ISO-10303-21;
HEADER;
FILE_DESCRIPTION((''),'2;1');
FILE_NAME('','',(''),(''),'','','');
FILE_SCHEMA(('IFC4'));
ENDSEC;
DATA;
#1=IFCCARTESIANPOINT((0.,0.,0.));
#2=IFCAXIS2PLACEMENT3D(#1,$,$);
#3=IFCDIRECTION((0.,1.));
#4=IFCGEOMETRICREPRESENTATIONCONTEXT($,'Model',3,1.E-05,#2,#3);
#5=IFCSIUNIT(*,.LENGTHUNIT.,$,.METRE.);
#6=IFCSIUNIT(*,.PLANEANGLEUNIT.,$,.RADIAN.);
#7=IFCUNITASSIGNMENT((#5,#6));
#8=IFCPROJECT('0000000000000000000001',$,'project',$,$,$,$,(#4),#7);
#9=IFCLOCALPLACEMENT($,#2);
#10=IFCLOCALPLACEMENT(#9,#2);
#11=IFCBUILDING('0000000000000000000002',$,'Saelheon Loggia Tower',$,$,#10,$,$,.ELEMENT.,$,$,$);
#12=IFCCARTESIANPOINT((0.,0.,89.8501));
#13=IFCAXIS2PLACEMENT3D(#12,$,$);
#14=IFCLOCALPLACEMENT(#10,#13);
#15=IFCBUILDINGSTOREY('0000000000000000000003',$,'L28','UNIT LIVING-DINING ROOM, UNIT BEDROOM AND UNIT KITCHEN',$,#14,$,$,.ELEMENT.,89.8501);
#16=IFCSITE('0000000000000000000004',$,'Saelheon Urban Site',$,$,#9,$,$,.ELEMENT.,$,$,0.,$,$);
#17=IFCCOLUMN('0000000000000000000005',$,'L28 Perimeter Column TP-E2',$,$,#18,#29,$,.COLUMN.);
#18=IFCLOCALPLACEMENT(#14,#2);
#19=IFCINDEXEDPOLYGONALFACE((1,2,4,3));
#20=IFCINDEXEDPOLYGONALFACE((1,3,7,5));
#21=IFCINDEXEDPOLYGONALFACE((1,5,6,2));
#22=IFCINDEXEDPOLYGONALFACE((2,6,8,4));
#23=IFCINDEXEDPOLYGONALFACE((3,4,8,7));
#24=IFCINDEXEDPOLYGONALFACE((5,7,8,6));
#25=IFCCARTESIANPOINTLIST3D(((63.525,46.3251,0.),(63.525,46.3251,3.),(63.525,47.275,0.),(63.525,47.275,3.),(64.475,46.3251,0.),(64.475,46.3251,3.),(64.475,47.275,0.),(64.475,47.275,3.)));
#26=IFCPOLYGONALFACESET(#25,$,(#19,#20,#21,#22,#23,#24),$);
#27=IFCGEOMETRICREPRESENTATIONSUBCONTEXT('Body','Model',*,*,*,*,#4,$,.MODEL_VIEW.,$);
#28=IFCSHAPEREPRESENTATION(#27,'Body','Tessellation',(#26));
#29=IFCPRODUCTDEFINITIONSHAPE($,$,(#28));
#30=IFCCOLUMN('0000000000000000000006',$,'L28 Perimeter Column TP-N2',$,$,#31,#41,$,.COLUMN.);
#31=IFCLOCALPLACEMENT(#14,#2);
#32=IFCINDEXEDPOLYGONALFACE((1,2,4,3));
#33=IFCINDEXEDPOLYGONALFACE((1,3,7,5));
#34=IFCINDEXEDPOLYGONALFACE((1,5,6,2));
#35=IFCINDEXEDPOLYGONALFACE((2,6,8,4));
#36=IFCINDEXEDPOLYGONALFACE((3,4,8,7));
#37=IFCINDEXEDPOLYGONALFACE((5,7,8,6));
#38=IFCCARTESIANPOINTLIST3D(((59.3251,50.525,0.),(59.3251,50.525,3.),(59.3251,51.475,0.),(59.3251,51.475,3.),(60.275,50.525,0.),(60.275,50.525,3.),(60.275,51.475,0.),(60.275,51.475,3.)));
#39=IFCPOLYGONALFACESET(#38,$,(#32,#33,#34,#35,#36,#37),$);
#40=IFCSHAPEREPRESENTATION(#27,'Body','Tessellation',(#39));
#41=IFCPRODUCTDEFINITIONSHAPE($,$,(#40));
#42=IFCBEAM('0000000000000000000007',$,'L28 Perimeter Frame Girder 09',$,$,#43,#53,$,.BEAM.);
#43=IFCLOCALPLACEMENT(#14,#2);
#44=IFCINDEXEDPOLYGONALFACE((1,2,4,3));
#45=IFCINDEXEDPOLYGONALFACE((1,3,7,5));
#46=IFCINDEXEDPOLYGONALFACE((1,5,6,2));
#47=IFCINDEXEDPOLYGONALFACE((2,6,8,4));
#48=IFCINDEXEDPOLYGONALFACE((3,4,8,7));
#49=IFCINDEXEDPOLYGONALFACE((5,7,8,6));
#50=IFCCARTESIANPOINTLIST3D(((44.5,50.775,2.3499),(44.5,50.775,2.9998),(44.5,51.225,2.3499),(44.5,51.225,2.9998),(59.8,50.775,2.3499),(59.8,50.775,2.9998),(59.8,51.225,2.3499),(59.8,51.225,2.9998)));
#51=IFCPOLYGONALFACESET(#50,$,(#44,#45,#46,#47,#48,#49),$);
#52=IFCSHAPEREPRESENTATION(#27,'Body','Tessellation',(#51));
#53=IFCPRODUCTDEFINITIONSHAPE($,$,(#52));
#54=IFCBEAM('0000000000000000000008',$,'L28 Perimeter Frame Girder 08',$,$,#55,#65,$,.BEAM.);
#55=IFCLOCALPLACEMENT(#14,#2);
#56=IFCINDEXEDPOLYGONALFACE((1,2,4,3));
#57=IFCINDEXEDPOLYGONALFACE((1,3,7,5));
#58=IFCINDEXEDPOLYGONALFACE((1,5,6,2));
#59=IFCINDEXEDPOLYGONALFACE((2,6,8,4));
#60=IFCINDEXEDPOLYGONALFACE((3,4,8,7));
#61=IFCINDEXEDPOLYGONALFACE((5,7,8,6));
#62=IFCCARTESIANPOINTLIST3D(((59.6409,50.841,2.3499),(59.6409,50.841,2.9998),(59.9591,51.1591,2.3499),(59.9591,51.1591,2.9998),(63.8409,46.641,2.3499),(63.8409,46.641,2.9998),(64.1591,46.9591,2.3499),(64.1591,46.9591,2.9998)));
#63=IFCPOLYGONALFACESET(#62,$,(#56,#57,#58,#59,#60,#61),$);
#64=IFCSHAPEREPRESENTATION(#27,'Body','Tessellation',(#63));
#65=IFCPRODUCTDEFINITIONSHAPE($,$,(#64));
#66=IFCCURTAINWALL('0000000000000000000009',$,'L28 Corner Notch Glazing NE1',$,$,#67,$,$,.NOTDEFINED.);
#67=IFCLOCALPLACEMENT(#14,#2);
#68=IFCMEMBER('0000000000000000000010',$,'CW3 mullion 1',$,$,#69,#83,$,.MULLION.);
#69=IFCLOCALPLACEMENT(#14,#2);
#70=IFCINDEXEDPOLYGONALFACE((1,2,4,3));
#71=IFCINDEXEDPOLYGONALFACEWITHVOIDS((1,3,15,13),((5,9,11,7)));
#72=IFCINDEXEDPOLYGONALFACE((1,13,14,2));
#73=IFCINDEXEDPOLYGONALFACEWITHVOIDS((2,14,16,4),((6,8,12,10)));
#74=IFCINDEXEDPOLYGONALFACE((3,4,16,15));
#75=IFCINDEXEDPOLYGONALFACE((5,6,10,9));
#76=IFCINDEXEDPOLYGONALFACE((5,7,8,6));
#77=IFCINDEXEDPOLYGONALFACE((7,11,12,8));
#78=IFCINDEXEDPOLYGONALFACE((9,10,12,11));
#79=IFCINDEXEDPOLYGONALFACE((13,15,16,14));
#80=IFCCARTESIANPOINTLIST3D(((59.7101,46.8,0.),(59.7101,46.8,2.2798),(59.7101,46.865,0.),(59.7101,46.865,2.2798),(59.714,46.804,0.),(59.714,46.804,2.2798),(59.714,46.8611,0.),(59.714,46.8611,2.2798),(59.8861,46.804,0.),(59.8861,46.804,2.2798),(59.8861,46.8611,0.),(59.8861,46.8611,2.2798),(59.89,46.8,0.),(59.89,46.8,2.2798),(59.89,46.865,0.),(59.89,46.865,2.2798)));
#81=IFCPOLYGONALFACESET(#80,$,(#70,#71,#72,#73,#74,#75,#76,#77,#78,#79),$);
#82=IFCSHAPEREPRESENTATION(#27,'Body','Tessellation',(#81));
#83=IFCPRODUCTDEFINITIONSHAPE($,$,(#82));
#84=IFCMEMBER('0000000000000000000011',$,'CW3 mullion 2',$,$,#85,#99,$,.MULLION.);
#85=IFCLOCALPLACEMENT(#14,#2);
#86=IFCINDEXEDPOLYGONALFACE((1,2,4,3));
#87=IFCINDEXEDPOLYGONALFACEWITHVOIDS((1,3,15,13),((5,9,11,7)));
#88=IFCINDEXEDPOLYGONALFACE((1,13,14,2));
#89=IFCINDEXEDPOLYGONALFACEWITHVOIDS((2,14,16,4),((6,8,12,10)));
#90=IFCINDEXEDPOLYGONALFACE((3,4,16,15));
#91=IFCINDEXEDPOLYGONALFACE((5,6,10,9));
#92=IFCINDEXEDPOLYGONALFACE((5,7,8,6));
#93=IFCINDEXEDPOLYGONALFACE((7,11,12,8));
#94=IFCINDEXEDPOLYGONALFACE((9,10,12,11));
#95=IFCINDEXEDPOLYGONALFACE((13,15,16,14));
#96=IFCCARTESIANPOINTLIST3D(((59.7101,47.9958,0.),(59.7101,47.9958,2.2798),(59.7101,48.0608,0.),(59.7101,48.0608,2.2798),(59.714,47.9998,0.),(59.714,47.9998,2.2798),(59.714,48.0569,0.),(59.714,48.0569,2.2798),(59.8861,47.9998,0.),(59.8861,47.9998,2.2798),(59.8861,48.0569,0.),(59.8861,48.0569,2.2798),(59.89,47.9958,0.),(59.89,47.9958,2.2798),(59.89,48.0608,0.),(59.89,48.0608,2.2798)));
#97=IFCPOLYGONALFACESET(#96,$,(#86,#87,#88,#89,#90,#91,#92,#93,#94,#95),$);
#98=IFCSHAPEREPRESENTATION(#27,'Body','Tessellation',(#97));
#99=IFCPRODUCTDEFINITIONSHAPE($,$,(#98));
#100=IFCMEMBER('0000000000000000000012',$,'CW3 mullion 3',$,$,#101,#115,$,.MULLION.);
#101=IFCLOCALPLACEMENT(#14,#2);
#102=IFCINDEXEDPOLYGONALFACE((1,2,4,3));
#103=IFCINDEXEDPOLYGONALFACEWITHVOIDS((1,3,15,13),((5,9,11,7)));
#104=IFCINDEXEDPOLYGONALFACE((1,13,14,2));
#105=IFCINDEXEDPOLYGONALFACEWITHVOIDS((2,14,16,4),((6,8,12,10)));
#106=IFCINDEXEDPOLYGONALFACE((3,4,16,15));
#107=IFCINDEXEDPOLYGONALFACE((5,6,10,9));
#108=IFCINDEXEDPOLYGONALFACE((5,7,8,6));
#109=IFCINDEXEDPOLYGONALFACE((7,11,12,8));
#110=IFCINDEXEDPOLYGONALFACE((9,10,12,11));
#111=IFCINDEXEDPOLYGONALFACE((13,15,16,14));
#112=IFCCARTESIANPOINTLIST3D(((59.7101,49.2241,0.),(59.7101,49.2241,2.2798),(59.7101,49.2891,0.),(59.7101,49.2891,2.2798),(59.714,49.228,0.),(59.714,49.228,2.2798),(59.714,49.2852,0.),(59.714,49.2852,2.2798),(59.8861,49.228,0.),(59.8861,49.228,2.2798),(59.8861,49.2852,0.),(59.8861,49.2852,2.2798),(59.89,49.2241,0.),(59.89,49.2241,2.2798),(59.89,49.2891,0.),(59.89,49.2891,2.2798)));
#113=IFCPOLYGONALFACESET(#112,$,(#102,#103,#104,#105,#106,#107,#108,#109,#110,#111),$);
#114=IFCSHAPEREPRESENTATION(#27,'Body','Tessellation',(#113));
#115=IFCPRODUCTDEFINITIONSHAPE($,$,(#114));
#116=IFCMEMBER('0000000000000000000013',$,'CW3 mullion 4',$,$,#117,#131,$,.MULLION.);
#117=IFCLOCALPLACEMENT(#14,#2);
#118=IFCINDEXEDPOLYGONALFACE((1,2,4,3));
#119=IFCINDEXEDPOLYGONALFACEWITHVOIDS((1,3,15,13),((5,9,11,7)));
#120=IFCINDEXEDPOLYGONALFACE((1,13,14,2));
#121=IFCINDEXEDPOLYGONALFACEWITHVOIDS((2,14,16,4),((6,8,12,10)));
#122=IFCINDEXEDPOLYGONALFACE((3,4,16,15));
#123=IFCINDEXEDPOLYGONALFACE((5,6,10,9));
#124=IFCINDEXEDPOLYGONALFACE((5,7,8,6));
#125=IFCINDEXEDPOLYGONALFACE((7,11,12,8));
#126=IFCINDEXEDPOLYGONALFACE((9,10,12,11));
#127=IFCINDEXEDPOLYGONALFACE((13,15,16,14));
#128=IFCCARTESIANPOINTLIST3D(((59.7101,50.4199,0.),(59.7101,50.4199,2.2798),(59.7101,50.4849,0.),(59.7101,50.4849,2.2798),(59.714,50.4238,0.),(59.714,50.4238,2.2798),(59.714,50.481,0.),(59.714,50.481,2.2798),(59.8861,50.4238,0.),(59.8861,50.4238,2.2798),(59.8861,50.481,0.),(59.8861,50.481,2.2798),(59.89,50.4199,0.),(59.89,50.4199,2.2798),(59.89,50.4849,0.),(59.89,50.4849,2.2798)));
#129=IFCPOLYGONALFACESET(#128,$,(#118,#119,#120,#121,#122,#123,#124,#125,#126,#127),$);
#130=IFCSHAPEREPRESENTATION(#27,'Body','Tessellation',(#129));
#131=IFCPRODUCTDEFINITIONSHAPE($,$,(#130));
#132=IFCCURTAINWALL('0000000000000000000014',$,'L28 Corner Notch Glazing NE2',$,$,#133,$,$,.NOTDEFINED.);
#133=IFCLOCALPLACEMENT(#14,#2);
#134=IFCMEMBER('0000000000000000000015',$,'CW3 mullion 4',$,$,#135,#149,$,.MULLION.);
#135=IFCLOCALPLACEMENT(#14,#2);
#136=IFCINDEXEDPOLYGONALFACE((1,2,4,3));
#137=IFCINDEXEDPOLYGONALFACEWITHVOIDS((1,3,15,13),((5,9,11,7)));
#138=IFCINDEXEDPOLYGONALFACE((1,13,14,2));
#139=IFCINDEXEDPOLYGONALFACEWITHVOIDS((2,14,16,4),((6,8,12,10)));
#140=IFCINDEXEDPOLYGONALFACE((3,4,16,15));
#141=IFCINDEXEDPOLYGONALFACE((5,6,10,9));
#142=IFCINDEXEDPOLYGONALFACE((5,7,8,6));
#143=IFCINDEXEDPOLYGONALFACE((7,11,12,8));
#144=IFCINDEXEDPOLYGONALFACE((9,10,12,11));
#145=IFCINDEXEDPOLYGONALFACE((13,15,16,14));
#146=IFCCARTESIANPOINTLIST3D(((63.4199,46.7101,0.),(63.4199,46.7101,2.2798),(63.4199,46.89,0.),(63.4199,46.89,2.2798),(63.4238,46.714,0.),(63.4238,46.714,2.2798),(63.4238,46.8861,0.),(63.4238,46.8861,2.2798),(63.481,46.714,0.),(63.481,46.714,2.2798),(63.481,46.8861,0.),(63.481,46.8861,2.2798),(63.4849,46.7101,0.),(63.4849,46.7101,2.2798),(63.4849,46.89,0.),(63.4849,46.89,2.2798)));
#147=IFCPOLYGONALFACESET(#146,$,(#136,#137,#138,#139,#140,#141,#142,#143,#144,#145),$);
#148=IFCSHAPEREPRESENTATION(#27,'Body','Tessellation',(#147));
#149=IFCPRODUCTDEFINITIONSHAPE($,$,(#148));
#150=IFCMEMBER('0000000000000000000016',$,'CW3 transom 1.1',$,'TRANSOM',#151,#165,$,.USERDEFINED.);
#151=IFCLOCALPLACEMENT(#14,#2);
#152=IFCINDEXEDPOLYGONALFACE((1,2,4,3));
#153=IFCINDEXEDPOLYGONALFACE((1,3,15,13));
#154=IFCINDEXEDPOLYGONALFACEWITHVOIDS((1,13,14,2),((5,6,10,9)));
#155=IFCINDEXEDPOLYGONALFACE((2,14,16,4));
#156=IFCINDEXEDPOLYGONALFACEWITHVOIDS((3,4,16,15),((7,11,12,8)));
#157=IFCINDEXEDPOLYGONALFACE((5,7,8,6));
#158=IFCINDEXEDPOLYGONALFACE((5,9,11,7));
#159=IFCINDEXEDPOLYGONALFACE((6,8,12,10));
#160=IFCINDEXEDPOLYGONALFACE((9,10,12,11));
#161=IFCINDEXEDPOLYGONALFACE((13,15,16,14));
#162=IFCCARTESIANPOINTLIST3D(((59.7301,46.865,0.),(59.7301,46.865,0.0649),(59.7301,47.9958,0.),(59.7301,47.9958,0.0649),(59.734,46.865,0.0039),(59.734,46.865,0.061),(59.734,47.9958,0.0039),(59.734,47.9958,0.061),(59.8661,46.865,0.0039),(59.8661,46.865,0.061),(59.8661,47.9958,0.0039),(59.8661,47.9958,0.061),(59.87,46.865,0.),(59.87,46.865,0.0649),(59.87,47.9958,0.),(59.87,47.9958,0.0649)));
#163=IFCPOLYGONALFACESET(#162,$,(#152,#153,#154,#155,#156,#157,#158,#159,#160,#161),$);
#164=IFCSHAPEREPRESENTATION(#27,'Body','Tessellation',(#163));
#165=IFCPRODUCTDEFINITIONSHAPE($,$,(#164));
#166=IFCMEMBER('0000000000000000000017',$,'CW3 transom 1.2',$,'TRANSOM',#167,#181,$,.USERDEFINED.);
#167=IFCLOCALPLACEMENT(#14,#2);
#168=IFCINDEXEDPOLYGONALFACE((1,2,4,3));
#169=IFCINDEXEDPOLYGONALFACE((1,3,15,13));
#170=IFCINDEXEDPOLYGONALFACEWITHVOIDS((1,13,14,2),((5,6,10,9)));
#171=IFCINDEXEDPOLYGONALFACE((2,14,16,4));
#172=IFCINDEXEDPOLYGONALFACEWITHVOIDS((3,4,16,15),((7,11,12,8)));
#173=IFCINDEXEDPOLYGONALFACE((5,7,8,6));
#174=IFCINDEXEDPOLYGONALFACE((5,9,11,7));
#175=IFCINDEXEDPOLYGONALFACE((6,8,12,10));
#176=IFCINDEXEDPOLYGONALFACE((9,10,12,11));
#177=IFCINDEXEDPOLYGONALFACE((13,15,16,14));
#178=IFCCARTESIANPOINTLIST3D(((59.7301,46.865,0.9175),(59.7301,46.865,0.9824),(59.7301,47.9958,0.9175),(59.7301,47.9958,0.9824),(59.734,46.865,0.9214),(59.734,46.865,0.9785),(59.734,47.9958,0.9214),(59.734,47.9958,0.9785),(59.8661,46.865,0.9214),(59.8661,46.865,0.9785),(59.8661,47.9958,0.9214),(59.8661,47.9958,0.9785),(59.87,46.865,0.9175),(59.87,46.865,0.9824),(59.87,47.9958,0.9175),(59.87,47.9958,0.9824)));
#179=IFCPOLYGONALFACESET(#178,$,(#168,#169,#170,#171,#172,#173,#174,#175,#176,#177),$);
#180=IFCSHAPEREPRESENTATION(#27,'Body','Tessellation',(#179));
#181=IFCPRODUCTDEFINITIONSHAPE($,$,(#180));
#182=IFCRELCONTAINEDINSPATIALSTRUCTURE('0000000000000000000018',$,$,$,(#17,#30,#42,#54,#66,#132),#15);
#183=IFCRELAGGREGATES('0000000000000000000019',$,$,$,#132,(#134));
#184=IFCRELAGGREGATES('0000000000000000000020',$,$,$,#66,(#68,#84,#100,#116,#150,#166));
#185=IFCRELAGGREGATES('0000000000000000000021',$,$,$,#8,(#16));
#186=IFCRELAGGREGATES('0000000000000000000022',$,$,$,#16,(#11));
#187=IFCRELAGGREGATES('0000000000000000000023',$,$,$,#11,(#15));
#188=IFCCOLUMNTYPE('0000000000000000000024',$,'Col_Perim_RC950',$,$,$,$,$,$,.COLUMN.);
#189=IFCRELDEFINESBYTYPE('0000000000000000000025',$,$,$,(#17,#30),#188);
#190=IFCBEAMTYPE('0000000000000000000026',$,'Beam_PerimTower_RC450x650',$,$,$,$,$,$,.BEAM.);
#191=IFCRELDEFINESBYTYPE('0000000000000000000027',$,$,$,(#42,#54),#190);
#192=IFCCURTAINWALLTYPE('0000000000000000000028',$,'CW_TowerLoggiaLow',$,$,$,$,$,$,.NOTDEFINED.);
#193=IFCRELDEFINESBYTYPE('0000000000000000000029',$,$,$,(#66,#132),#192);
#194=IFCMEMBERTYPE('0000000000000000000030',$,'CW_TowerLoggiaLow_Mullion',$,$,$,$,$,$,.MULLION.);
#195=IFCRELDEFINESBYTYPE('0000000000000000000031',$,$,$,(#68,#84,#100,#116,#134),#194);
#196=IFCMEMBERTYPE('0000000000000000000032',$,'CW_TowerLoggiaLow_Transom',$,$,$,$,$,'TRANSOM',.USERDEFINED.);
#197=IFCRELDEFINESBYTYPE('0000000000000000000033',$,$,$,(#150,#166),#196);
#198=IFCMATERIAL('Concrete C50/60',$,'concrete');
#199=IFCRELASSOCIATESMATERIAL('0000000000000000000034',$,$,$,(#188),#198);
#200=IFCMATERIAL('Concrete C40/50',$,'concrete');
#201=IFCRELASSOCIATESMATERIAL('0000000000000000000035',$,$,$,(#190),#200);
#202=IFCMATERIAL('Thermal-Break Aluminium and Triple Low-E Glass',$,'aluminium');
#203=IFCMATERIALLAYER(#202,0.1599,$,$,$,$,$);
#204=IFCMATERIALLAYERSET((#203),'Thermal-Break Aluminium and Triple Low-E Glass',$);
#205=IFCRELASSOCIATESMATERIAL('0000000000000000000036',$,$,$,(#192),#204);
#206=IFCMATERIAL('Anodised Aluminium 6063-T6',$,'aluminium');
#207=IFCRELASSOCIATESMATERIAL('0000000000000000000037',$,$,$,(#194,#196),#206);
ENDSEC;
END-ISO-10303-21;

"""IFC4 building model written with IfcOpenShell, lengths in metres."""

from ifc_helpers import new_model, si_unit, direction, frame, origin, origin_2d, place, context, subcontext, project, spatial, rectangle, hollow_rectangle, extrude, source, transform, mapped, material, layer, layer_set, material_profile, profile_set, type_object, element, aggregate, save


model = new_model("IFC4")

# Units and contexts
model_context = context("Model", 3, precision=1e-05, world=origin(), true_north=direction((0.0, 1.0)))
body_context = subcontext(model_context, "Body", "Model", "MODEL_VIEW")
ifc_project = project(units=[si_unit("LENGTHUNIT", "METRE"), si_unit("PLANEANGLEUNIT", "RADIAN")], contexts=[model_context])

# Site, building, storey
site_placement = place(None, origin())
site = spatial("IfcSite", under=ifc_project, at=site_placement, Name="Saelheon Urban Site", CompositionType="ELEMENT", RefElevation=0.0)
building_placement = place(site_placement, origin())
building = spatial("IfcBuilding", under=site, at=building_placement, Name="Saelheon Loggia Tower", CompositionType="ELEMENT")
storey_placement = place(building_placement, frame((0.0, 0.0, 89.8501)))
storey = spatial("IfcBuildingStorey", under=building, at=storey_placement, Name="L28", Description="UNIT LIVING-DINING ROOM, UNIT BEDROOM AND UNIT KITCHEN", CompositionType="ELEMENT", Elevation=89.8501)

# Columns
ifc_material_1 = material(Name="Concrete C50/60", Category="concrete")
ifc_material_profile_1 = material_profile(ifc_material_1, rectangle(XDim=0.95, YDim=0.95, at=origin_2d()), Name="RC-950x950")
ifc_profile_set_1 = profile_set([ifc_material_profile_1], Name="Concrete C50/60")
column_type = type_object("IfcColumnType", Name="Col_Perim_RC950", PredefinedType="COLUMN", material=ifc_profile_set_1)
shared_shape_1 = source(origin(), body_context, "Body", "SweptSolid", [
    extrude(rectangle(XDim=0.95, YDim=0.95, at=origin_2d()), origin(), (0.0, 0.0, 1.0), 3.0),
])
for number, where, z_axis, x_axis, name in (
    (1, (64.0, 46.8, 0.0), (0.0, 0.0, 1.0), (1.0, 0.0, 0.0), "L28 Perimeter Column TP-E2"),
    (2, (59.8, 51.0, 0.0), (0.0, 0.0, 1.0), (1.0, 0.0, 0.0), "L28 Perimeter Column TP-N2"),
):
    element("IfcColumn", number, at=place(storey_placement, frame(where, z_axis=z_axis, x_axis=x_axis)), inside=storey, type_object=column_type, Name=name, PredefinedType="COLUMN", context=body_context, shape_type="MappedRepresentation", body=[
        mapped(shared_shape_1, transform((0.0, 0.0, 0.0), scale=1.0)),
    ])

# Beams
ifc_material_2 = material(Name="Concrete C40/50", Category="concrete")
ifc_material_profile_2 = material_profile(ifc_material_2, rectangle(XDim=0.45, YDim=0.6499, at=origin_2d()), Name="RC-450x650")
ifc_profile_set_2 = profile_set([ifc_material_profile_2], Name="Concrete C40/50")
beam_type = type_object("IfcBeamType", Name="Beam_PerimTower_RC450x650", PredefinedType="BEAM", material=ifc_profile_set_2)
shared_shape_2 = source(origin(), body_context, "Body", "SweptSolid", [
    extrude(rectangle(XDim=0.45, YDim=0.6499, at=origin_2d()), origin(), (0.0, 0.0, 1.0), 15.3),
])
beam_1_placement = place(storey_placement, frame((59.8, 51.0, 2.6748), z_axis=(-1.0, 0.0, 0.0), x_axis=(0.0, -1.0, 0.0)))
element("IfcBeam", 3, at=beam_1_placement, inside=storey, type_object=beam_type, Name="L28 Perimeter Frame Girder 09", PredefinedType="BEAM", context=body_context, shape_type="MappedRepresentation", body=[
    mapped(shared_shape_2, transform((0.0, 0.0, 0.0), scale=1.0)),
])
shared_shape_3 = source(origin(), body_context, "Body", "SweptSolid", [
    extrude(rectangle(XDim=0.45, YDim=0.6499, at=origin_2d()), origin(), (0.0, 0.0, 1.0), 5.9397),
])
beam_2_placement = place(storey_placement, frame((64.0, 46.8, 2.6748), z_axis=(-0.707107, 0.707107, 0.0), x_axis=(-0.707107, -0.707107, 0.0)))
element("IfcBeam", 4, at=beam_2_placement, inside=storey, type_object=beam_type, Name="L28 Perimeter Frame Girder 08", PredefinedType="BEAM", context=body_context, shape_type="MappedRepresentation", body=[
    mapped(shared_shape_3, transform((0.0, 0.0, 0.0), scale=1.0)),
])

# Curtain wall, members
ifc_material_3 = material(Name="Thermal-Break Aluminium and Triple Low-E Glass", Category="aluminium")
ifc_layer_1 = layer(ifc_material_3, 0.1599)
ifc_layer_set_1 = layer_set([ifc_layer_1], Name="Thermal-Break Aluminium and Triple Low-E Glass")
curtain_wall_type = type_object("IfcCurtainWallType", Name="CW_TowerLoggiaLow", PredefinedType="NOTDEFINED", material=ifc_layer_set_1)
curtain_wall_1_placement = place(storey_placement, origin())
curtain_wall_1 = element("IfcCurtainWall", 5, at=curtain_wall_1_placement, inside=storey, type_object=curtain_wall_type, Name="L28 Corner Notch Glazing NE1", PredefinedType="NOTDEFINED")
ifc_material_4 = material(Name="Anodised Aluminium 6063-T6", Category="aluminium")
ifc_material_profile_3 = material_profile(ifc_material_4, hollow_rectangle(XDim=0.0649, YDim=0.1799, WallThickness=0.0039, at=origin_2d()), Name="RHS-180x65x4")
ifc_profile_set_3 = profile_set([ifc_material_profile_3], Name="Anodised Aluminium 6063-T6")
member_type_1 = type_object("IfcMemberType", Name="CW_TowerLoggiaLow_Mullion", PredefinedType="MULLION", material=ifc_profile_set_3)
shared_shape_4 = source(origin(), body_context, "Body", "SweptSolid", [
    extrude(hollow_rectangle(XDim=0.0649, YDim=0.1799, WallThickness=0.0039, at=origin_2d()), origin(), (0.0, 0.0, 1.0), 2.2798),
])
member_1_placement = place(storey_placement, frame((59.8, 46.8325, 0.0), z_axis=(0.0, 0.0, 1.0), x_axis=(0.0, 1.0, 0.0)))
member_1 = element("IfcMember", 6, at=member_1_placement, type_object=member_type_1, Name="CW3 mullion 1", PredefinedType="MULLION", context=body_context, shape_type="MappedRepresentation", body=[
    mapped(shared_shape_4, transform((0.0, 0.0, 0.0), scale=1.0)),
])
member_2_placement = place(storey_placement, frame((59.8, 48.0283, 0.0), z_axis=(0.0, 0.0, 1.0), x_axis=(0.0, 1.0, 0.0)))
member_2 = element("IfcMember", 7, at=member_2_placement, type_object=member_type_1, Name="CW3 mullion 2", PredefinedType="MULLION", context=body_context, shape_type="MappedRepresentation", body=[
    mapped(shared_shape_4, transform((0.0, 0.0, 0.0), scale=1.0)),
])
member_3_placement = place(storey_placement, frame((59.8, 49.2566, 0.0), z_axis=(0.0, 0.0, 1.0), x_axis=(0.0, 1.0, 0.0)))
member_3 = element("IfcMember", 8, at=member_3_placement, type_object=member_type_1, Name="CW3 mullion 3", PredefinedType="MULLION", context=body_context, shape_type="MappedRepresentation", body=[
    mapped(shared_shape_4, transform((0.0, 0.0, 0.0), scale=1.0)),
])
member_4_placement = place(storey_placement, frame((59.8, 50.4524, 0.0), z_axis=(0.0, 0.0, 1.0), x_axis=(0.0, 1.0, 0.0)))
member_4 = element("IfcMember", 9, at=member_4_placement, type_object=member_type_1, Name="CW3 mullion 4", PredefinedType="MULLION", context=body_context, shape_type="MappedRepresentation", body=[
    mapped(shared_shape_4, transform((0.0, 0.0, 0.0), scale=1.0)),
])

# Curtain wall, member
curtain_wall_2_placement = place(storey_placement, origin())
curtain_wall_2 = element("IfcCurtainWall", 10, at=curtain_wall_2_placement, inside=storey, type_object=curtain_wall_type, Name="L28 Corner Notch Glazing NE2", PredefinedType="NOTDEFINED")
member_5_placement = place(storey_placement, frame((63.4524, 46.8, 0.0), z_axis=(0.0, 0.0, 1.0), x_axis=(1.0, 0.0, 0.0)))
member_5 = element("IfcMember", 11, at=member_5_placement, type_object=member_type_1, Name="CW3 mullion 4", PredefinedType="MULLION", context=body_context, shape_type="MappedRepresentation", body=[
    mapped(shared_shape_4, transform((0.0, 0.0, 0.0), scale=1.0)),
])

# Members
ifc_material_profile_4 = material_profile(ifc_material_4, hollow_rectangle(XDim=0.0649, YDim=0.1399, WallThickness=0.0039, at=origin_2d()), Name="RHS-140x65x4")
ifc_profile_set_4 = profile_set([ifc_material_profile_4], Name="Anodised Aluminium 6063-T6")
member_type_2 = type_object("IfcMemberType", Name="CW_TowerLoggiaLow_Transom", ElementType="TRANSOM", PredefinedType="USERDEFINED", material=ifc_profile_set_4)
shared_shape_5 = source(origin(), body_context, "Body", "SweptSolid", [
    extrude(hollow_rectangle(XDim=0.0649, YDim=0.1399, WallThickness=0.0039, at=origin_2d()), origin(), (0.0, 0.0, 1.0), 1.1309),
])
member_6_placement = place(storey_placement, frame((59.8, 46.865, 0.0325), z_axis=(0.0, 1.0, 0.0), x_axis=(0.0, 0.0, 1.0)))
member_6 = element("IfcMember", 12, at=member_6_placement, type_object=member_type_2, Name="CW3 transom 1.1", ObjectType="TRANSOM", PredefinedType="USERDEFINED", context=body_context, shape_type="MappedRepresentation", body=[
    mapped(shared_shape_5, transform((0.0, 0.0, 0.0), scale=1.0)),
])
member_7_placement = place(storey_placement, frame((59.8, 46.865, 0.95), z_axis=(0.0, 1.0, 0.0), x_axis=(0.0, 0.0, 1.0)))
member_7 = element("IfcMember", 13, at=member_7_placement, type_object=member_type_2, Name="CW3 transom 1.2", ObjectType="TRANSOM", PredefinedType="USERDEFINED", context=body_context, shape_type="MappedRepresentation", body=[
    mapped(shared_shape_5, transform((0.0, 0.0, 0.0), scale=1.0)),
])

aggregate(curtain_wall_2, [member_5])
aggregate(curtain_wall_1, [member_1, member_2, member_3, member_4, member_6, member_7])

save(model, "model.ifc")
